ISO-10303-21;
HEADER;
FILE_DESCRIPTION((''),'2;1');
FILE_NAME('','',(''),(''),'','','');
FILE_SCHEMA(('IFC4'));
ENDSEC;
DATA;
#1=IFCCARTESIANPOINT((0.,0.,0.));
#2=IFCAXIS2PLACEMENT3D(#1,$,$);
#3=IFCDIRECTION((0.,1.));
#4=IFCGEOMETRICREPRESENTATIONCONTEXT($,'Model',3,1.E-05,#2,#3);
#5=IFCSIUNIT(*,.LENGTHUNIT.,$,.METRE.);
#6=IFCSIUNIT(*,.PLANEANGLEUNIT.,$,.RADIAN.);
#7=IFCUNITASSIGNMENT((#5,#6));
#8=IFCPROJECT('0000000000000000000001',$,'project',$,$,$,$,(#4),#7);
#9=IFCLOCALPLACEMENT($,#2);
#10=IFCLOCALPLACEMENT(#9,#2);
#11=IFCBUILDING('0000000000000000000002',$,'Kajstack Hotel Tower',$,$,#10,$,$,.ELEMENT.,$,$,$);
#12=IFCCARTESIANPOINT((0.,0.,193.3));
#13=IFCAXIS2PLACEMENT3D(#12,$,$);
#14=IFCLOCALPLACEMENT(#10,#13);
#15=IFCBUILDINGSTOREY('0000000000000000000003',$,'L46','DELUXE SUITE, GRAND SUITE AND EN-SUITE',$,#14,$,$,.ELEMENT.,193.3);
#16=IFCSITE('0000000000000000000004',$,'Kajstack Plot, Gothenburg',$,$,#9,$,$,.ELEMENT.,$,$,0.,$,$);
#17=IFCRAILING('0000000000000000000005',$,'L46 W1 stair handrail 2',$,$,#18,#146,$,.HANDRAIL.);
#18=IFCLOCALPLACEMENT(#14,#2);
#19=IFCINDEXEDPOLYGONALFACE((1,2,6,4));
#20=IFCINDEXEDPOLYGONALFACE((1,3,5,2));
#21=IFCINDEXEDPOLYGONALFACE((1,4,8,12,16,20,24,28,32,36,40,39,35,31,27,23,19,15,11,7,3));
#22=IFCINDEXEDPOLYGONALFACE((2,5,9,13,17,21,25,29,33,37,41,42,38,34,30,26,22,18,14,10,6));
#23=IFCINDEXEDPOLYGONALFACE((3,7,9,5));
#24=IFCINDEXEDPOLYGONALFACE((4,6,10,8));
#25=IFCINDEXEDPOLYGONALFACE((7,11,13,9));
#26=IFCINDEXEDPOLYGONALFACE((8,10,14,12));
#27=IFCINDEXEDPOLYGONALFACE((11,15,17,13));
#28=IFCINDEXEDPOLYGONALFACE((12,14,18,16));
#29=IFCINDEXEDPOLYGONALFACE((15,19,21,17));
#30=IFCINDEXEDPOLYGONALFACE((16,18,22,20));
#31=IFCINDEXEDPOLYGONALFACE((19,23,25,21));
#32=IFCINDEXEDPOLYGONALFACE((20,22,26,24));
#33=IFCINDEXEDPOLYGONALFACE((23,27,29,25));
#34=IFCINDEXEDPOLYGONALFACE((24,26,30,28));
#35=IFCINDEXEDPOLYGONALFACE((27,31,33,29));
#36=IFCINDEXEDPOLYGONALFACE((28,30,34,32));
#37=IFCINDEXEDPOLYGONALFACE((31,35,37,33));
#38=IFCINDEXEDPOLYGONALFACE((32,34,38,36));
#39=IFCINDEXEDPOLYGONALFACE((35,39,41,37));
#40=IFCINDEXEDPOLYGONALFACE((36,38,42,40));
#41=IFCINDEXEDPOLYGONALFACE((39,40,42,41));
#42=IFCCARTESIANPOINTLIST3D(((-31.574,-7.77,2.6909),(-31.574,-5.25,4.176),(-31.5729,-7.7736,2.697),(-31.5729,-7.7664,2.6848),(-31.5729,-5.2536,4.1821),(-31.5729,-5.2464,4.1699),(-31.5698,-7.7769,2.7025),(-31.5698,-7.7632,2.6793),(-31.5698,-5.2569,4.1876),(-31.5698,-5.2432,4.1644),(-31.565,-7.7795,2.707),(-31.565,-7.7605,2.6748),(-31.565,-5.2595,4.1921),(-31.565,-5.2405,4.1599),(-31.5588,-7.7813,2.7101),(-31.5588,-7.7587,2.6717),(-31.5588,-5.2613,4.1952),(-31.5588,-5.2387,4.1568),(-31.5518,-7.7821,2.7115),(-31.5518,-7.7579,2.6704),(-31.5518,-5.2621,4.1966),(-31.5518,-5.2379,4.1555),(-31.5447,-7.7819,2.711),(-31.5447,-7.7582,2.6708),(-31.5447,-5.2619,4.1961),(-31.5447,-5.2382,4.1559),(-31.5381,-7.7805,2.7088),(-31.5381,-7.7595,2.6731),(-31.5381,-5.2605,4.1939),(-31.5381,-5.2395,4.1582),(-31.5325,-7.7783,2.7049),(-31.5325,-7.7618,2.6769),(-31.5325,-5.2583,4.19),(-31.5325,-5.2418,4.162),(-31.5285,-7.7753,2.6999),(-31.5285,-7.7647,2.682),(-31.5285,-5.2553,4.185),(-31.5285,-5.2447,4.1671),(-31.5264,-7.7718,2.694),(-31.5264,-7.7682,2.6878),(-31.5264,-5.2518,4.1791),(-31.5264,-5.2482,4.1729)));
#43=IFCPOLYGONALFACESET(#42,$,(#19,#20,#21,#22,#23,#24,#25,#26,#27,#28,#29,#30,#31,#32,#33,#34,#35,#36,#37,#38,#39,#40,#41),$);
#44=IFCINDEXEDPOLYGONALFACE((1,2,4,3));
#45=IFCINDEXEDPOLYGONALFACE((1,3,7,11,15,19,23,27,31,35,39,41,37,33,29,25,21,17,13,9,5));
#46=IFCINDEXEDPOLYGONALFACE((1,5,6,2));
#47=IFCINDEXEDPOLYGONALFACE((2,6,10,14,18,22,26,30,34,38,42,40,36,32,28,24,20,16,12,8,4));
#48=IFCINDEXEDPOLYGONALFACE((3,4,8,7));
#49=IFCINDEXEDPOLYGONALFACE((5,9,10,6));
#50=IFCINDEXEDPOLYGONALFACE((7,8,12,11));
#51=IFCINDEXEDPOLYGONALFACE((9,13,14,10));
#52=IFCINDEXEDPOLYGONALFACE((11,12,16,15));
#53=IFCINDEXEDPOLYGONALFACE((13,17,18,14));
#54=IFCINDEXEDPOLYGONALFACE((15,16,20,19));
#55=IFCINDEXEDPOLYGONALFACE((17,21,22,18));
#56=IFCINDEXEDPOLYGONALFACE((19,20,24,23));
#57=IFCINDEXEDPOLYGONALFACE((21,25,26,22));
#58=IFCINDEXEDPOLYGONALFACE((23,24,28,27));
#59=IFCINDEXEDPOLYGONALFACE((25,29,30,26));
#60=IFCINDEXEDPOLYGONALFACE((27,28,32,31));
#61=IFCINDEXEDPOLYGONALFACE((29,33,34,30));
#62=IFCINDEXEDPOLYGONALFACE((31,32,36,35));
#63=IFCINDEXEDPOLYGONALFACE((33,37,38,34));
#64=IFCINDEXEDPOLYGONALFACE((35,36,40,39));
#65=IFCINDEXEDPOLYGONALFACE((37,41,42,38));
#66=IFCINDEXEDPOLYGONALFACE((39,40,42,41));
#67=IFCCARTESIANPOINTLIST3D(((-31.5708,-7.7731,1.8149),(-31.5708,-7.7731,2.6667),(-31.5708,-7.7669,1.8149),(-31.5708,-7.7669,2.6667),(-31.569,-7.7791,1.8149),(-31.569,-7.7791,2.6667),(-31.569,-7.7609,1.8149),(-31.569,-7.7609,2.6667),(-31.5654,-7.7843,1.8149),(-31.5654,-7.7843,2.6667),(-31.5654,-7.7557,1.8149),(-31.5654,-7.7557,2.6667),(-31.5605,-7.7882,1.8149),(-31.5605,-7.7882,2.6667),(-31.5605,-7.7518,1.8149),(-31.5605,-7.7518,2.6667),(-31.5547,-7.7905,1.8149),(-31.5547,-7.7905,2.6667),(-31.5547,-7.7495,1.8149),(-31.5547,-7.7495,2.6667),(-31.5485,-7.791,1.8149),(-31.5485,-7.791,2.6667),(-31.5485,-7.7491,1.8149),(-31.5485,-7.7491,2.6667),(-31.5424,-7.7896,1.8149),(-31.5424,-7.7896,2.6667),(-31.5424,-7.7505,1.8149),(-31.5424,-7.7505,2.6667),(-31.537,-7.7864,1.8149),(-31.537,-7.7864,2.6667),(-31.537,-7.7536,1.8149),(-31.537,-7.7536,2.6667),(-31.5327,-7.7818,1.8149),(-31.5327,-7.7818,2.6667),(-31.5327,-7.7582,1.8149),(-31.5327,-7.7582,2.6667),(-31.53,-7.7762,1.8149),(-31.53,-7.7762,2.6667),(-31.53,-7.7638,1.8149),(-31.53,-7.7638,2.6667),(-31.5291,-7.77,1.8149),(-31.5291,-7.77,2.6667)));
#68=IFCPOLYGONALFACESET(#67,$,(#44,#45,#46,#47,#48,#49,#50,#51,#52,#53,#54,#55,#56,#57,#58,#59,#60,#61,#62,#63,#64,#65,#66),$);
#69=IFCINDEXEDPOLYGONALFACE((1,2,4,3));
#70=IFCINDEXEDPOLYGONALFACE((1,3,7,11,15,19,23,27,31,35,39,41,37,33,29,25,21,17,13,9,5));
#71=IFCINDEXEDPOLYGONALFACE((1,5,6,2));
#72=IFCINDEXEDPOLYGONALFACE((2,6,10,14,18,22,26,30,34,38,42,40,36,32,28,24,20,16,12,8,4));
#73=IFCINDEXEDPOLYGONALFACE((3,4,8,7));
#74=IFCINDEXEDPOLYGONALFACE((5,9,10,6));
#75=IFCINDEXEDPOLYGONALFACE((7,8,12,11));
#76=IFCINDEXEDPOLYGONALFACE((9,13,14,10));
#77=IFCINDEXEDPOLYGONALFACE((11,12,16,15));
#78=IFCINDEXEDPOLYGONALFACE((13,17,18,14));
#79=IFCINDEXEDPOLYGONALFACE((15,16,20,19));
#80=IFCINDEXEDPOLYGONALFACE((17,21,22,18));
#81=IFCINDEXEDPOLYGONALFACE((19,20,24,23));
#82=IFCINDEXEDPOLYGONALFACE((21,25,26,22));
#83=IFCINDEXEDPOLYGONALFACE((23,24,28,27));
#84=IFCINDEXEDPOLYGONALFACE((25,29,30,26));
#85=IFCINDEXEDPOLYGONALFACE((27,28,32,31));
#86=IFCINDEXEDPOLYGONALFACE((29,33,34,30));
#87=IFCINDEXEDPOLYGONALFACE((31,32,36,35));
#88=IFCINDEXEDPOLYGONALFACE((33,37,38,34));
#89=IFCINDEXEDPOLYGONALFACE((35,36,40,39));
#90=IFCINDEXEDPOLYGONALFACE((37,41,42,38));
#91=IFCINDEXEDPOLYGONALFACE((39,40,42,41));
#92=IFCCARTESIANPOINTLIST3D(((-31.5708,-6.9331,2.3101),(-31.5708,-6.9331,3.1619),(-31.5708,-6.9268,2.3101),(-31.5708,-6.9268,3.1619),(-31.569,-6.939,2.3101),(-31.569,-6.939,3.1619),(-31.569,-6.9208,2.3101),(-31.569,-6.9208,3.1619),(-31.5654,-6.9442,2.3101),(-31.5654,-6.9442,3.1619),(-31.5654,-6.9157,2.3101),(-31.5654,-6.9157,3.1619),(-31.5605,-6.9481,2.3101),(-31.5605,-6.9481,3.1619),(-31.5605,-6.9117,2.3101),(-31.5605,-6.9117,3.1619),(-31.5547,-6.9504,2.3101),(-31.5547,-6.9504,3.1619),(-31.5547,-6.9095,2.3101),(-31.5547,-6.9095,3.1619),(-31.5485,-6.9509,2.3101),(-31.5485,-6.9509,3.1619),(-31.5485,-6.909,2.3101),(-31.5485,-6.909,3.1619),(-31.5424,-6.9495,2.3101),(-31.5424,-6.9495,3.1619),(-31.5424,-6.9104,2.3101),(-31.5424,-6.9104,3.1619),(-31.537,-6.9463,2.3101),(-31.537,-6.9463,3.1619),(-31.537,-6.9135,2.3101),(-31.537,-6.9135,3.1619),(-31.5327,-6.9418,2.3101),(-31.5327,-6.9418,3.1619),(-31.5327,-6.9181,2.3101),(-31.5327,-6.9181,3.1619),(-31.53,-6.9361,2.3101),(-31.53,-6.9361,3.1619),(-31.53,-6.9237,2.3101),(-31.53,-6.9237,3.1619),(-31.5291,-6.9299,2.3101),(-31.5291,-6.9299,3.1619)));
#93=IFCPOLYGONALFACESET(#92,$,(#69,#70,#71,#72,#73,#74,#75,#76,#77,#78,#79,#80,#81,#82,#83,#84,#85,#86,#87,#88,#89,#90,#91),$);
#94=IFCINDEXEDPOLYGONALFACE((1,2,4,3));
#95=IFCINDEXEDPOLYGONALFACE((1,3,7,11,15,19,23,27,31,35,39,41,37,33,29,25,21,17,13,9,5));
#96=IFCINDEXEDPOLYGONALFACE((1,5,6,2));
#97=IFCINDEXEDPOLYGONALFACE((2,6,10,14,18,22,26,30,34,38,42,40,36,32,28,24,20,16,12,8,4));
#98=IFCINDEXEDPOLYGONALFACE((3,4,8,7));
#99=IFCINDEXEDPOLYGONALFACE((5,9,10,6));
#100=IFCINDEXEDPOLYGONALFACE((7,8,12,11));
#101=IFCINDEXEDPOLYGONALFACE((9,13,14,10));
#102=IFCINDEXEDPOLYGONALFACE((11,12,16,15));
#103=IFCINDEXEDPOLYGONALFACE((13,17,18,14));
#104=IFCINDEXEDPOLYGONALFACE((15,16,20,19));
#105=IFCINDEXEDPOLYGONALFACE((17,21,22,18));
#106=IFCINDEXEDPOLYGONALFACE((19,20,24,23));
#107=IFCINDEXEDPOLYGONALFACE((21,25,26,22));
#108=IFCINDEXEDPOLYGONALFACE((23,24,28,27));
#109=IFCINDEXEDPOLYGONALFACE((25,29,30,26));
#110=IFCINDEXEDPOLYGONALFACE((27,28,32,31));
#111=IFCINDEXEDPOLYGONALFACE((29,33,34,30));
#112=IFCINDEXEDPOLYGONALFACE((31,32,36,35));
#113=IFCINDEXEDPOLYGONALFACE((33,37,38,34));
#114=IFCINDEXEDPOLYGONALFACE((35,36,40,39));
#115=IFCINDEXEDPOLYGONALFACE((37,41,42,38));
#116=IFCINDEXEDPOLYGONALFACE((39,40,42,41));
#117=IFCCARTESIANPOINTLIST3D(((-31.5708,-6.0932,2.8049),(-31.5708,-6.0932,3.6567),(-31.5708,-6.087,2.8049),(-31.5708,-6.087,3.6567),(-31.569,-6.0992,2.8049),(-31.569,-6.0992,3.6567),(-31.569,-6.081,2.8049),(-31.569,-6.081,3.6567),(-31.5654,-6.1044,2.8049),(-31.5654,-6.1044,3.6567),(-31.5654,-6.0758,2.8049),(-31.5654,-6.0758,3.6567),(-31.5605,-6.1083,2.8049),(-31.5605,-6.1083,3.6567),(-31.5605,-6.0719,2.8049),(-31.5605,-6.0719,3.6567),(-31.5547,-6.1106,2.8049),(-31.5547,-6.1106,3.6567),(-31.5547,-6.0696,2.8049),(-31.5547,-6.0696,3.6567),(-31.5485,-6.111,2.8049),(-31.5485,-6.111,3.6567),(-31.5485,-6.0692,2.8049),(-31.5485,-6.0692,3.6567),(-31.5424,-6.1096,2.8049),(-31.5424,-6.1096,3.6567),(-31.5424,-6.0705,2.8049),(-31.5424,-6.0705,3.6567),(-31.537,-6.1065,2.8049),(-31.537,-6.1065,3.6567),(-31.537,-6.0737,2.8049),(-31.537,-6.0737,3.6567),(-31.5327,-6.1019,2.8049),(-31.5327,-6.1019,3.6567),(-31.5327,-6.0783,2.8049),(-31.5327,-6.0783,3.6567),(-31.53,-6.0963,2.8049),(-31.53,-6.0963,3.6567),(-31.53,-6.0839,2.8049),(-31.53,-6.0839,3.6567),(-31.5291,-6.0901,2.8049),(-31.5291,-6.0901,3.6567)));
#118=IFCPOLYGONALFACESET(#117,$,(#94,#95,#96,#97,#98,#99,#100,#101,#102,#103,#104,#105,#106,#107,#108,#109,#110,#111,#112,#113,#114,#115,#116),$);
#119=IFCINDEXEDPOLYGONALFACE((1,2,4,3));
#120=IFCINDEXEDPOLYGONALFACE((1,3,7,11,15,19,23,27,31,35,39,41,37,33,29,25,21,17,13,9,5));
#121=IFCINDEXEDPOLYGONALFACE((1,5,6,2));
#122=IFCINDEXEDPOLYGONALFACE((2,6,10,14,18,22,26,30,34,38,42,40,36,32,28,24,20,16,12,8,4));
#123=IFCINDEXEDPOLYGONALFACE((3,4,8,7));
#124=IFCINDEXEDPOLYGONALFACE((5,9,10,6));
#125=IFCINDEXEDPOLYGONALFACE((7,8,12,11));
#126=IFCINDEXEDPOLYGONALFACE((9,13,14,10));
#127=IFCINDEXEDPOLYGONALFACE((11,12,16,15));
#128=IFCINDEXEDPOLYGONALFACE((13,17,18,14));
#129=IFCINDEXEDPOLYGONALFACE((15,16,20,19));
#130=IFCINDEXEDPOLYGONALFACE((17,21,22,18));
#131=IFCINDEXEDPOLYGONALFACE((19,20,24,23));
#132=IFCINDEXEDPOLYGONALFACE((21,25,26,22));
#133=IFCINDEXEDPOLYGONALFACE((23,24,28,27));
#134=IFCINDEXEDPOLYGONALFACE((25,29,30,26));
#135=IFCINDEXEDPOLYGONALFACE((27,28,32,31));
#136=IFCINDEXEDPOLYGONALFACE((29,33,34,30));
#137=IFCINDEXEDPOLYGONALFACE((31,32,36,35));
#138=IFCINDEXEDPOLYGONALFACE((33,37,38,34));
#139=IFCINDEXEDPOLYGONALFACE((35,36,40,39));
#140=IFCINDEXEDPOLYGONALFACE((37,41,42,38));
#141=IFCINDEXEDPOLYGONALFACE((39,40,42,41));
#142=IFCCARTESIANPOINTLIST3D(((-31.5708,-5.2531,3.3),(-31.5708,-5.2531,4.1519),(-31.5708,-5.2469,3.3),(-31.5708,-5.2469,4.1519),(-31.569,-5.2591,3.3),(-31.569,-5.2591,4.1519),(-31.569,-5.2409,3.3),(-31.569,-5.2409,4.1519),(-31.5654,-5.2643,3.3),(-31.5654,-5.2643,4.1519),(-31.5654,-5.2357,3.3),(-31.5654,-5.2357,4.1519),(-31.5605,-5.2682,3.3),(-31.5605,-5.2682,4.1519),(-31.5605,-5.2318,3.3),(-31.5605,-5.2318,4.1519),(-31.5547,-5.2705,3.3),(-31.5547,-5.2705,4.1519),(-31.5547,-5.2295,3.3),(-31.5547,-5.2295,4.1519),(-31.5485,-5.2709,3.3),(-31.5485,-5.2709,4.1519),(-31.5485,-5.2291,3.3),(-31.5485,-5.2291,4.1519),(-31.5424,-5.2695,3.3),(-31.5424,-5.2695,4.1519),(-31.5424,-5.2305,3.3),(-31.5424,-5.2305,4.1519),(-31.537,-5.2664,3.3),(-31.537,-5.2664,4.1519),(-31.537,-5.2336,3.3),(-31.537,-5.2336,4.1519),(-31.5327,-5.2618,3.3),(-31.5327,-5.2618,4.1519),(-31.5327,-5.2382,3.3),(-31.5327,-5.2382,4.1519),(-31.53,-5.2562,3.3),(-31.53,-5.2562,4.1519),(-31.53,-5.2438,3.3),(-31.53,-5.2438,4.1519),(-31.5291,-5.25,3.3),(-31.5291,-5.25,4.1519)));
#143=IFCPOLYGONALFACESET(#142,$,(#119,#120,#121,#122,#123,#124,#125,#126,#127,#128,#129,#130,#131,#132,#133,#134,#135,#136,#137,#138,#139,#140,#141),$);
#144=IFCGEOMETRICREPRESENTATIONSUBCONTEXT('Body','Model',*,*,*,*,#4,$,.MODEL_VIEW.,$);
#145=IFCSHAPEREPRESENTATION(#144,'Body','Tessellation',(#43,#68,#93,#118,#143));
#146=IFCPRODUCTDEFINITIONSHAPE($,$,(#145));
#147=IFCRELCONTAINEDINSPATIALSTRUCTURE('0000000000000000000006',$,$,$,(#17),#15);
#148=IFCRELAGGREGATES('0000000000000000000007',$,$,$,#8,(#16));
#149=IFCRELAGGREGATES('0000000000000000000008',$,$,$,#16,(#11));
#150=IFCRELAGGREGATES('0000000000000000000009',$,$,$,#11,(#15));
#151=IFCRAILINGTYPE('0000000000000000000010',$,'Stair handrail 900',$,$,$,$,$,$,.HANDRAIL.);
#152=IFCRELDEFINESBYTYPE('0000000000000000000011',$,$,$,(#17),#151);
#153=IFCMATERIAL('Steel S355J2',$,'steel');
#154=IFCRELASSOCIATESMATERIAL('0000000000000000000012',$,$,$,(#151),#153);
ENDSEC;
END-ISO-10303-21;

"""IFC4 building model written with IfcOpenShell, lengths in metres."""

from ifc_helpers import new_model, si_unit, direction, frame, origin, origin_2d, place, context, subcontext, project, spatial, circle, extrude, material, type_object, element, save


model = new_model("IFC4")

# Units and contexts
model_context = context("Model", 3, precision=1e-05, world=origin(), true_north=direction((0.0, 1.0)))
body_context = subcontext(model_context, "Body", "Model", "MODEL_VIEW")
ifc_project = project(units=[si_unit("LENGTHUNIT", "METRE"), si_unit("PLANEANGLEUNIT", "RADIAN")], contexts=[model_context])

# Site, building, storey
site_placement = place(None, origin())
site = spatial("IfcSite", under=ifc_project, at=site_placement, Name="Kajstack Plot, Gothenburg", CompositionType="ELEMENT", RefElevation=0.0)
building_placement = place(site_placement, origin())
building = spatial("IfcBuilding", under=site, at=building_placement, Name="Kajstack Hotel Tower", CompositionType="ELEMENT")
storey_placement = place(building_placement, frame((0.0, 0.0, 193.3)))
storey = spatial("IfcBuildingStorey", under=building, at=storey_placement, Name="L46", Description="DELUXE SUITE, GRAND SUITE AND EN-SUITE", CompositionType="ELEMENT", Elevation=193.3)

# Railing
ifc_material_1 = material(Name="Steel S355J2", Category="steel")
railing_type = type_object("IfcRailingType", Name="Stair handrail 900", PredefinedType="HANDRAIL", material=ifc_material_1)
railing_placement = place(storey_placement, frame((-31.55, -7.77, 1.8149)))
element("IfcRailing", 1, at=railing_placement, inside=storey, type_object=railing_type, Name="L46 W1 stair handrail 2", PredefinedType="HANDRAIL", context=body_context, shape_type="SweptSolid", body=[
    extrude(circle(Radius=0.0239, at=origin_2d()), frame((0.0, 0.0, 0.876), z_axis=(0.0, 0.861524, 0.507717), x_axis=(-1.0, 0.0, 0.0)), (0.0, 0.0, 1.0), 2.925),
    extrude(circle(Radius=0.021, at=origin_2d()), origin(), (0.0, 0.0, 1.0), 0.8518),
    extrude(circle(Radius=0.021, at=origin_2d()), frame((0.0, 0.8401, 0.4951)), (0.0, 0.0, 1.0), 0.8518),
    extrude(circle(Radius=0.021, at=origin_2d()), frame((0.0, 1.6799, 0.99)), (0.0, 0.0, 1.0), 0.8518),
    extrude(circle(Radius=0.021, at=origin_2d()), frame((0.0, 2.52, 1.4851)), (0.0, 0.0, 1.0), 0.8518),
])

save(model, "model.ifc")
